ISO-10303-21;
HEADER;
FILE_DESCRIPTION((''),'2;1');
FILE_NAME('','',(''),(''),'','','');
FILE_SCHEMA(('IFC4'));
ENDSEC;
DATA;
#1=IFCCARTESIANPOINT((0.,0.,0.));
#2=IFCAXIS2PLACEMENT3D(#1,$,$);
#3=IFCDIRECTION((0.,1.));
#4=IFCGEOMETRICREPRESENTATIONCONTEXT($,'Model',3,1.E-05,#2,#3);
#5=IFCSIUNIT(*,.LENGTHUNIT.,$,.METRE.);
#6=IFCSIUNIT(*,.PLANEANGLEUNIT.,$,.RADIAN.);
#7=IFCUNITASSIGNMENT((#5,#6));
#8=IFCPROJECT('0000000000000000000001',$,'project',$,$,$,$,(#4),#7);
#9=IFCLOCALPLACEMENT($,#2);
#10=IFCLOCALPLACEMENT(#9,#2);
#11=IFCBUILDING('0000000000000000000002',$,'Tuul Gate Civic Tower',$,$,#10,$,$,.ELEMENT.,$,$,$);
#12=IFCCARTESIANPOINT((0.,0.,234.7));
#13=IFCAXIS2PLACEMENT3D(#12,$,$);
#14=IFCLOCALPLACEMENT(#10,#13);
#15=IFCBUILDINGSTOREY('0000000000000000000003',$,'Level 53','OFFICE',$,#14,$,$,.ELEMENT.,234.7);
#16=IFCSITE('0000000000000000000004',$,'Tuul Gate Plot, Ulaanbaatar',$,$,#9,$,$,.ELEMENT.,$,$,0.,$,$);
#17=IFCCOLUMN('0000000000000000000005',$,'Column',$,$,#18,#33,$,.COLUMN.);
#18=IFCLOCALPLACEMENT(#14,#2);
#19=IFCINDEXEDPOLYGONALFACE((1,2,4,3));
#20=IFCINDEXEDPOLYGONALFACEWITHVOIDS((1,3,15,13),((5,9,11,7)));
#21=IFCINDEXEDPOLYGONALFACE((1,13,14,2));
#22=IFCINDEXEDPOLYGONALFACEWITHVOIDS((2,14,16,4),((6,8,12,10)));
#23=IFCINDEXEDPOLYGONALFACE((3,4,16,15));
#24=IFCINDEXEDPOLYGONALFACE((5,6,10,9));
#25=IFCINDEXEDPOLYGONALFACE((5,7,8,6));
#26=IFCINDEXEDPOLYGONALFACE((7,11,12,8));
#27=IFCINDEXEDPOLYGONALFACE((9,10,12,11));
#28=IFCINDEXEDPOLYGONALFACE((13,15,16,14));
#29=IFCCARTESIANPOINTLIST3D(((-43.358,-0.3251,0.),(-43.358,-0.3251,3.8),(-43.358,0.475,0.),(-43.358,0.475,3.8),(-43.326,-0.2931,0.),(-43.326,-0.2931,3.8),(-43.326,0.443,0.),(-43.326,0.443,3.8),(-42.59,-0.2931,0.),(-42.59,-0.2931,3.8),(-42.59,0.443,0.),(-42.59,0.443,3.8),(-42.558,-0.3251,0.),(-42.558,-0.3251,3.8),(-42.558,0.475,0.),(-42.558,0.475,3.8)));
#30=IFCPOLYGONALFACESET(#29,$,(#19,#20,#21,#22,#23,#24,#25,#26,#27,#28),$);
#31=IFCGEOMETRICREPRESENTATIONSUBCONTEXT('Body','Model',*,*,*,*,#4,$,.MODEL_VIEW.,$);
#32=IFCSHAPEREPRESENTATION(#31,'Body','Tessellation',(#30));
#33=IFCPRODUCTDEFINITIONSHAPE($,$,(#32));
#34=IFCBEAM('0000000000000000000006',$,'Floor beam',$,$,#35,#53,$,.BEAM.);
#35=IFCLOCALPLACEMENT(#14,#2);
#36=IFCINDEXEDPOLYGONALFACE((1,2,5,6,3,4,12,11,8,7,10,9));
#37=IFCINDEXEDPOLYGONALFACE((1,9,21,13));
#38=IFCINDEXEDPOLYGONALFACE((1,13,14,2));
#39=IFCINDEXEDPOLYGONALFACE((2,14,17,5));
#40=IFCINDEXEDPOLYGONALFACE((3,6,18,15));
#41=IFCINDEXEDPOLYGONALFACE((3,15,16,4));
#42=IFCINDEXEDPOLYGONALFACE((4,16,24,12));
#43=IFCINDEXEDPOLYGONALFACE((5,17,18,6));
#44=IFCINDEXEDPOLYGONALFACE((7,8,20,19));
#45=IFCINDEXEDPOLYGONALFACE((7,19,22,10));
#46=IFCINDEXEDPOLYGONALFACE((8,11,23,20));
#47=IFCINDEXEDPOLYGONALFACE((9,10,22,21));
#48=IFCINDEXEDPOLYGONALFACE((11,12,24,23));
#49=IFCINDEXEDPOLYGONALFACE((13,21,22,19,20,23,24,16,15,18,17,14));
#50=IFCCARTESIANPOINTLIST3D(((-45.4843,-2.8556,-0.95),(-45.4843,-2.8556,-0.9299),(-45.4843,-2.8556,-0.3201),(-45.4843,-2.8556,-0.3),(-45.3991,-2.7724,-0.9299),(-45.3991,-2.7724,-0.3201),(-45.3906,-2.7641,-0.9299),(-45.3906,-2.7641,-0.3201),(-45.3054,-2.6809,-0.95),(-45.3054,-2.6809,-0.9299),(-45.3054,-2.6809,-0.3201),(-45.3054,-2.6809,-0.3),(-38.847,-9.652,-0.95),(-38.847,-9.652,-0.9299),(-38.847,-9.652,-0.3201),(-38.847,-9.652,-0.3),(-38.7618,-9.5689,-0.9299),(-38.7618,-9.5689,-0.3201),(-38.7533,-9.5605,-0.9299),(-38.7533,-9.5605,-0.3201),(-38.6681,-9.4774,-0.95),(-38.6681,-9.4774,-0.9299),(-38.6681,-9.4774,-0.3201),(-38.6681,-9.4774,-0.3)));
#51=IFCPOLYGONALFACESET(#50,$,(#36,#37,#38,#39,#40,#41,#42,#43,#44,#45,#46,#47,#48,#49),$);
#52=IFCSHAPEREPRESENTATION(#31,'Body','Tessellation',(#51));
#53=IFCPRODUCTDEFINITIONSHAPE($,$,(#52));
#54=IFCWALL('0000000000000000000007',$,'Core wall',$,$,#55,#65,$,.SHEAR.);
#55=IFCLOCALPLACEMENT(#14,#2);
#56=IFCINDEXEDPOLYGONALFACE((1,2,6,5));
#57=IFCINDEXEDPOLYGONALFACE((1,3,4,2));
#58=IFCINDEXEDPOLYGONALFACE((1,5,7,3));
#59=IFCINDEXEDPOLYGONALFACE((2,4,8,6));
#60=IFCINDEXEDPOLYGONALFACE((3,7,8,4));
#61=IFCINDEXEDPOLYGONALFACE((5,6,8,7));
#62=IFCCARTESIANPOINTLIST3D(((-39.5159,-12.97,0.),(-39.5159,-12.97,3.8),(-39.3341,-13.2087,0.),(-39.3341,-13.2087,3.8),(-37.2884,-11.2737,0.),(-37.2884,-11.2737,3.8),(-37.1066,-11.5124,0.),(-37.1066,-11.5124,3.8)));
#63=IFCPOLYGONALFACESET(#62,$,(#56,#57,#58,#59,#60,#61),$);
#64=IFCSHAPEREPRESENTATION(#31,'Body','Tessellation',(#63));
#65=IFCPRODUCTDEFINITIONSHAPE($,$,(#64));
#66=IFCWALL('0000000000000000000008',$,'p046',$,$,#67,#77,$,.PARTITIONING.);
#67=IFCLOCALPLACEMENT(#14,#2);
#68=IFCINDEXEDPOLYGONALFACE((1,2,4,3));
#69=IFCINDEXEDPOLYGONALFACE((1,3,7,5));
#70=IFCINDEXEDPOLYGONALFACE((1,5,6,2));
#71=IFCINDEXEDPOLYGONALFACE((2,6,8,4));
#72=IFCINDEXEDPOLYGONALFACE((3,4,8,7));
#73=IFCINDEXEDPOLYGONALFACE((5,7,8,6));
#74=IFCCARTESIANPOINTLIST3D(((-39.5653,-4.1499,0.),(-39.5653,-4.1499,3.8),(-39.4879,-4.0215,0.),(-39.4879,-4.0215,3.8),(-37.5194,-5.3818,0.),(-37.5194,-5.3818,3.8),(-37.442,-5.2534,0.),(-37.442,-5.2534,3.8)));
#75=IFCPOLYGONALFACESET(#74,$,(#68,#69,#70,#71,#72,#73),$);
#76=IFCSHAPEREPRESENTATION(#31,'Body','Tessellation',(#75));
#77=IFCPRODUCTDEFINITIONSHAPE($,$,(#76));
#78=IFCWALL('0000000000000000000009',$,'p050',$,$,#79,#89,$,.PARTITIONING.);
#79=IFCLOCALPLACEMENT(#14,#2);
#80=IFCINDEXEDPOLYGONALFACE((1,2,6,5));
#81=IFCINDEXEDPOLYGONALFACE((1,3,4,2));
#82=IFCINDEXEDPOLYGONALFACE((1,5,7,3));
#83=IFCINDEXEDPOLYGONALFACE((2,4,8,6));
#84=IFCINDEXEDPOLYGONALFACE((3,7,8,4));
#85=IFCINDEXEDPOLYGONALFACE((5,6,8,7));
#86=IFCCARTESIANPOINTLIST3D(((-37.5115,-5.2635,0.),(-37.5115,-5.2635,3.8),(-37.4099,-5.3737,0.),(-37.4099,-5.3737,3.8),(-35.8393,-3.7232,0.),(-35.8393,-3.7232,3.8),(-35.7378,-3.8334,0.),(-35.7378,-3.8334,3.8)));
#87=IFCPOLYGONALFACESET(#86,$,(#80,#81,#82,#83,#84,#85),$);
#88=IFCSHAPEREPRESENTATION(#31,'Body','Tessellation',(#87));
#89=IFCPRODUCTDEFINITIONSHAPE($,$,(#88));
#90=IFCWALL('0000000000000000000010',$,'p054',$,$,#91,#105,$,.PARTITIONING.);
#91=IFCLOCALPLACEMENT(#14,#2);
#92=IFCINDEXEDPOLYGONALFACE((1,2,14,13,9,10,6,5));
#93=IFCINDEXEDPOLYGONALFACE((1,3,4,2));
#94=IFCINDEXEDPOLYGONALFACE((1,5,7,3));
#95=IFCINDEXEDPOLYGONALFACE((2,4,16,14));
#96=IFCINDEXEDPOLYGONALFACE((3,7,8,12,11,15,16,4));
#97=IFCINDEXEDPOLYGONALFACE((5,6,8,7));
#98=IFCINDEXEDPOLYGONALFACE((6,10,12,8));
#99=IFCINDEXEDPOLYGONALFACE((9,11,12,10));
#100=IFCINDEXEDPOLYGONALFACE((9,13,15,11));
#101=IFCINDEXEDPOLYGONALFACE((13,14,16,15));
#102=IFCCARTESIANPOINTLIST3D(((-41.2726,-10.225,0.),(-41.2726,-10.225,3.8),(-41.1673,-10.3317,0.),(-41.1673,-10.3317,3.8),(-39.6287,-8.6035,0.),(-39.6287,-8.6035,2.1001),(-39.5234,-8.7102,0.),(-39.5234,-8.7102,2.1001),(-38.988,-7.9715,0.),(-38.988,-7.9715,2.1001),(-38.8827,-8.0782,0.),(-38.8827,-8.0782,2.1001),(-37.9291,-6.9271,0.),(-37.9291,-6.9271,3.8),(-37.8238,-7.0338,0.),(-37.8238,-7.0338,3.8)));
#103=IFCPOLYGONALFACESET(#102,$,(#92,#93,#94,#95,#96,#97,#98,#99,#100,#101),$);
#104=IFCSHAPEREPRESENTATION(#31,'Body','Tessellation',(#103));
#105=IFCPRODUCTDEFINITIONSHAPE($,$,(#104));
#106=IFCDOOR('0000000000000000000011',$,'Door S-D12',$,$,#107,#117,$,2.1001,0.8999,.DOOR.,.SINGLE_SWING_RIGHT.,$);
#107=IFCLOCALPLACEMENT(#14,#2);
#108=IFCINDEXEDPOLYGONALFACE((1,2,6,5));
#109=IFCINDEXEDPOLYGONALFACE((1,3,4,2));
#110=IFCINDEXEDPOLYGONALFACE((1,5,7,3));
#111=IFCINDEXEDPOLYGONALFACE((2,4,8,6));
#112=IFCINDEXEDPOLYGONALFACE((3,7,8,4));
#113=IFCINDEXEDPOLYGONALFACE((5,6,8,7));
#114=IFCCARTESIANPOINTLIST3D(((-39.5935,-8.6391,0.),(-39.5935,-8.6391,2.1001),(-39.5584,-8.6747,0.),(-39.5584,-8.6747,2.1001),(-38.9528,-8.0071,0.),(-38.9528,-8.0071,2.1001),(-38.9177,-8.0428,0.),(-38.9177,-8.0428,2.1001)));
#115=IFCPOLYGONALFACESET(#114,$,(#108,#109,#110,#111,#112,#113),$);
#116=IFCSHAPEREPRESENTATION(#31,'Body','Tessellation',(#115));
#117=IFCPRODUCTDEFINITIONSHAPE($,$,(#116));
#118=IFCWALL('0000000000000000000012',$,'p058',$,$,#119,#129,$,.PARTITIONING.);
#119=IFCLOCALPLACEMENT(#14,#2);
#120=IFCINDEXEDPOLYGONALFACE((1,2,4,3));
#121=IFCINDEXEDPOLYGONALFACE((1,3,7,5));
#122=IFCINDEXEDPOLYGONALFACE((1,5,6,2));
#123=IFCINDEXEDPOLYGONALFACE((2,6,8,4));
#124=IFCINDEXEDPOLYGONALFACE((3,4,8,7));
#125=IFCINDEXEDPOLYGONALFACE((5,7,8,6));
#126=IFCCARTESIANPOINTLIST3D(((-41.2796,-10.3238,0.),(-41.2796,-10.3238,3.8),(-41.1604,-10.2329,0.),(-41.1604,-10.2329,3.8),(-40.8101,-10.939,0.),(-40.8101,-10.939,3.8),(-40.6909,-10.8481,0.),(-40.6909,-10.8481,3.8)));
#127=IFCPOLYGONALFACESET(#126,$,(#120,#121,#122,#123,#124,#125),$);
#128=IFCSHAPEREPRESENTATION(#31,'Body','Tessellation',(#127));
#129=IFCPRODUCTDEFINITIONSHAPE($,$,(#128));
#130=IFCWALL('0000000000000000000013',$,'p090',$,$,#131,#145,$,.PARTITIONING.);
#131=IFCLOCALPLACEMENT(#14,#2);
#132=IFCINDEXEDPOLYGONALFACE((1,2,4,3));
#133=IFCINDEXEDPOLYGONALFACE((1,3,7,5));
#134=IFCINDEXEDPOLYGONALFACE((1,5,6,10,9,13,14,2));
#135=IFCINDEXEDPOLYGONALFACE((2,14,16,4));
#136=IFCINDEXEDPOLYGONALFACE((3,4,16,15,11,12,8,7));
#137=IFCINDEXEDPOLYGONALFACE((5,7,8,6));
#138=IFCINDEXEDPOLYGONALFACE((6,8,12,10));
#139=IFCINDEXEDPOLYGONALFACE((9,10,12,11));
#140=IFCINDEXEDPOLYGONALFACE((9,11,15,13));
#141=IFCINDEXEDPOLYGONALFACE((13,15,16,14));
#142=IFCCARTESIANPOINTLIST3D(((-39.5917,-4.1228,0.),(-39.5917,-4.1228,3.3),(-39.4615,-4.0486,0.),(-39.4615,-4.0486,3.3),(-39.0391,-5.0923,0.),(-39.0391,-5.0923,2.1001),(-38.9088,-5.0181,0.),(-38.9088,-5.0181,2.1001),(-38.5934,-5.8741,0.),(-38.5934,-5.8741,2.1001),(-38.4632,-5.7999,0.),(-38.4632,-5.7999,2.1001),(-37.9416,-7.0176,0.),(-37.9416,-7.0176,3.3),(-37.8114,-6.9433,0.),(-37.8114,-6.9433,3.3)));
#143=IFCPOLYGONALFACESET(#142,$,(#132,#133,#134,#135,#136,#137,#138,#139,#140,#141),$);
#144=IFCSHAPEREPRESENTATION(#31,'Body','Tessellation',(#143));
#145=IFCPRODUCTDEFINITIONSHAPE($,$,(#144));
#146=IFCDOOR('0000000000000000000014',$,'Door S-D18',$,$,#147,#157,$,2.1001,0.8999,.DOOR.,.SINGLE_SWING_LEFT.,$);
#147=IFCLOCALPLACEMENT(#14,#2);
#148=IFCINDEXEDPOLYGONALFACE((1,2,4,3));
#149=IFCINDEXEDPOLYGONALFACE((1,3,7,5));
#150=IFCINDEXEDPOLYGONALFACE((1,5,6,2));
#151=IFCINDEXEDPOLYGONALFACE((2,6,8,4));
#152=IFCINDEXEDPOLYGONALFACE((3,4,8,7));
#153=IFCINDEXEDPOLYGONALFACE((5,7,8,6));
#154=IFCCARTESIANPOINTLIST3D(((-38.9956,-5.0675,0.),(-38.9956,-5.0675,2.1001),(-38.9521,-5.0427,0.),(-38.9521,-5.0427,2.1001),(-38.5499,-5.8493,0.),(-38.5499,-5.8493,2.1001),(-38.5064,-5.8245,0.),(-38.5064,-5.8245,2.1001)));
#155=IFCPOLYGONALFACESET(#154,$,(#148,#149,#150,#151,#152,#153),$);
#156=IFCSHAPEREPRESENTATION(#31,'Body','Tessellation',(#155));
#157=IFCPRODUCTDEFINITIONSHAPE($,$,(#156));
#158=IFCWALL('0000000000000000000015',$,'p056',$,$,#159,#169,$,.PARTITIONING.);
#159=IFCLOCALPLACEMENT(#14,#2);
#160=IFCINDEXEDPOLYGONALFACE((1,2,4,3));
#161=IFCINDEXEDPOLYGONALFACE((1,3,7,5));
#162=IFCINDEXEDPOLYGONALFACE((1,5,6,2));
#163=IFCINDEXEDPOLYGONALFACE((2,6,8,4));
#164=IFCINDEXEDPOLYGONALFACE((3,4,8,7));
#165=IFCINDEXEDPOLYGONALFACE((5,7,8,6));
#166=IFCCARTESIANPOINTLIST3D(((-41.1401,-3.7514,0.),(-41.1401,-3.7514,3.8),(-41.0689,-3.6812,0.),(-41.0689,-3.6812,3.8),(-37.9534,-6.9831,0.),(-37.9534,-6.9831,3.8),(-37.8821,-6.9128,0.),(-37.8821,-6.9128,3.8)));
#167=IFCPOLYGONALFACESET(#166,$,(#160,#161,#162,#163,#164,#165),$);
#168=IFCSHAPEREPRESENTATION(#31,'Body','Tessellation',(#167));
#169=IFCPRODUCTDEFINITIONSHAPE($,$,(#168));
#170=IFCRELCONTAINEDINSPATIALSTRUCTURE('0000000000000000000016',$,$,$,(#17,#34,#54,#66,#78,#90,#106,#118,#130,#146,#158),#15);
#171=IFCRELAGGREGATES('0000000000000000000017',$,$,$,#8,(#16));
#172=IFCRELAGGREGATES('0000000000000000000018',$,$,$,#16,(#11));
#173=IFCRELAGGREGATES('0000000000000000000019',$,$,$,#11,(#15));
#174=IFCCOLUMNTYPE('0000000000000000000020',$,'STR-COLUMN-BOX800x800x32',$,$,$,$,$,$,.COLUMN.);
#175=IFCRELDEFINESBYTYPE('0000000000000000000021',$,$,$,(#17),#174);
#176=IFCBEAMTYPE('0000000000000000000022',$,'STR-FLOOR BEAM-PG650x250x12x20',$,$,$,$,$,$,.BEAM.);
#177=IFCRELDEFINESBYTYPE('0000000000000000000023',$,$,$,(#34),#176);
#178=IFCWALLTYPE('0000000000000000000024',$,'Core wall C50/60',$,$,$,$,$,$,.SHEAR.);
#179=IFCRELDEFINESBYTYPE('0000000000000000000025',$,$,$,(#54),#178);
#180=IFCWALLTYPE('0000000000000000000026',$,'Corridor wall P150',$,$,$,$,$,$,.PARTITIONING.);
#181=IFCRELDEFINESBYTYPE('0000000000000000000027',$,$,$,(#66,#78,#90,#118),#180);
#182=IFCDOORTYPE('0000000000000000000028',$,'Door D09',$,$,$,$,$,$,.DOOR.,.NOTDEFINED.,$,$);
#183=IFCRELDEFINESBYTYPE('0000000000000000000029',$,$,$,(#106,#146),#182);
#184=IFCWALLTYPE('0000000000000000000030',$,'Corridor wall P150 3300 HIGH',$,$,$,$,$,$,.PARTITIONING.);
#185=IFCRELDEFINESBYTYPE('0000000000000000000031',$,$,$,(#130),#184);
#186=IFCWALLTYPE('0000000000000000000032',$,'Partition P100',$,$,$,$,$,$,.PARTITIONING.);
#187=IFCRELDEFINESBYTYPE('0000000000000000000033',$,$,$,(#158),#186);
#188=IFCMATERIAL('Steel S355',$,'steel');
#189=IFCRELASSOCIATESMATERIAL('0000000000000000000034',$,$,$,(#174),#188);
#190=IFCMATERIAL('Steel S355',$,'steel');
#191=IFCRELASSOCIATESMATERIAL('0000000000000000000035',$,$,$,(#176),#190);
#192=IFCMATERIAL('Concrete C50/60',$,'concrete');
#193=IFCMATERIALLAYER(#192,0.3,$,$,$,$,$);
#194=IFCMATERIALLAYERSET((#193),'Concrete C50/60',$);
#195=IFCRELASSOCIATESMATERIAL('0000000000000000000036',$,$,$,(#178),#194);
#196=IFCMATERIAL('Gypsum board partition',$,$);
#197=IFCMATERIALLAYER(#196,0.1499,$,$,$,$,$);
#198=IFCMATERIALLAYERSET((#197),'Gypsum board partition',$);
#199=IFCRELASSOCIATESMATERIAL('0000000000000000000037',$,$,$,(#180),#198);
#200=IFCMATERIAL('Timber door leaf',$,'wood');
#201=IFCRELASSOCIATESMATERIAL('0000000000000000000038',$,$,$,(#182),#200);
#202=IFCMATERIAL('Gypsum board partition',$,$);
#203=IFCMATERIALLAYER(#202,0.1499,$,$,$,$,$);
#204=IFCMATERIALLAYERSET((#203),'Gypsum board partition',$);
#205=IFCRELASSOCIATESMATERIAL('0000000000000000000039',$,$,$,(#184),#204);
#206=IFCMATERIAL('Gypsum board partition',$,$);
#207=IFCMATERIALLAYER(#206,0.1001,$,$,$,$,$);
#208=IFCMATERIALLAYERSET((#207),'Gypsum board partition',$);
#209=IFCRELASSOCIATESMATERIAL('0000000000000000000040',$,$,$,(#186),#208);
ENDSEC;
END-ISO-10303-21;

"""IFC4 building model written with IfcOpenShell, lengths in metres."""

from ifc_helpers import new_model, si_unit, direction, frame, frame_2d, origin, origin_2d, place, context, subcontext, project, spatial, rectangle, hollow_rectangle, i_section, extrude, material, layer, layer_set, material_profile, profile_set, type_object, element, fill, save


model = new_model("IFC4")

# Units and contexts
model_context = context("Model", 3, precision=1e-05, world=origin(), true_north=direction((0.0, 1.0)))
body_context = subcontext(model_context, "Body", "Model", "MODEL_VIEW")
ifc_project = project(units=[si_unit("LENGTHUNIT", "METRE"), si_unit("PLANEANGLEUNIT", "RADIAN")], contexts=[model_context])

# Site, building, storey
site_placement = place(None, origin())
site = spatial("IfcSite", under=ifc_project, at=site_placement, Name="Tuul Gate Plot, Ulaanbaatar", CompositionType="ELEMENT", RefElevation=0.0)
building_placement = place(site_placement, origin())
building = spatial("IfcBuilding", under=site, at=building_placement, Name="Tuul Gate Civic Tower", CompositionType="ELEMENT")
storey_placement = place(building_placement, frame((0.0, 0.0, 234.7)))
storey = spatial("IfcBuildingStorey", under=building, at=storey_placement, Name="Level 53", Description="OFFICE", CompositionType="ELEMENT", Elevation=234.7)

# Column
ifc_material_1 = material(Name="Steel S355", Category="steel")
ifc_material_profile_1 = material_profile(ifc_material_1, hollow_rectangle(XDim=0.8, YDim=0.8, WallThickness=0.032, at=origin_2d()), Name="BOX800x800x32")
ifc_profile_set_1 = profile_set([ifc_material_profile_1], Name="Steel S355")
column_type = type_object("IfcColumnType", Name="STR-COLUMN-BOX800x800x32", PredefinedType="COLUMN", material=ifc_profile_set_1)
column_placement = place(storey_placement, frame((-42.958, 0.075, 0.0), z_axis=(0.0, 0.0, 1.0), x_axis=(1.0, 0.0, 0.0)))
element("IfcColumn", 1, at=column_placement, inside=storey, type_object=column_type, Name="Column", PredefinedType="COLUMN", context=body_context, shape_type="SweptSolid", body=[
    extrude(hollow_rectangle(XDim=0.8, YDim=0.8, WallThickness=0.032, at=origin_2d()), origin(), (0.0, 0.0, 1.0), 3.8),
])

# Beam
ifc_material_2 = material(Name="Steel S355", Category="steel")
ifc_material_profile_2 = material_profile(ifc_material_2, i_section(OverallWidth=0.25, OverallDepth=0.6499, WebThickness=0.012, FlangeThickness=0.02, at=origin_2d()), Name="PG650x250x12x20")
ifc_profile_set_2 = profile_set([ifc_material_profile_2], Name="Steel S355")
beam_type = type_object("IfcBeamType", Name="STR-FLOOR BEAM-PG650x250x12x20", PredefinedType="BEAM", material=ifc_profile_set_2)
beam_placement = place(storey_placement, frame((-38.7576, -9.5647, -0.625), z_axis=(-0.698679, 0.715435, 0.0), x_axis=(-0.715435, -0.698679, 0.0)))
element("IfcBeam", 2, at=beam_placement, inside=storey, type_object=beam_type, Name="Floor beam", PredefinedType="BEAM", context=body_context, shape_type="SweptSolid", body=[
    extrude(i_section(OverallWidth=0.25, OverallDepth=0.6499, WebThickness=0.012, FlangeThickness=0.02, at=origin_2d()), origin(), (0.0, 0.0, 1.0), 9.4998),
])

# Walls
ifc_material_3 = material(Name="Concrete C50/60", Category="concrete")
ifc_layer_1 = layer(ifc_material_3, 0.3)
ifc_layer_set_1 = layer_set([ifc_layer_1], Name="Concrete C50/60")
wall_type_1 = type_object("IfcWallType", Name="Core wall C50/60", PredefinedType="SHEAR", material=ifc_layer_set_1)
wall_1_placement = place(storey_placement, frame((-37.1975, -11.3931, 0.0), z_axis=(0.0, 0.0, 1.0), x_axis=(-0.795584, -0.605844, 0.0)))
element("IfcWall", 3, at=wall_1_placement, inside=storey, type_object=wall_type_1, Name="Core wall", PredefinedType="SHEAR", context=body_context, shape_type="SweptSolid", body=[
    extrude(rectangle(XDim=2.7998, YDim=0.3, at=frame_2d((1.3999, 0.0))), origin(), (0.0, 0.0, 1.0), 3.8),
])
ifc_material_4 = material(Name="Gypsum board partition")
ifc_layer_2 = layer(ifc_material_4, 0.1499)
ifc_layer_set_2 = layer_set([ifc_layer_2], Name="Gypsum board partition")
wall_type_2 = type_object("IfcWallType", Name="Corridor wall P150", PredefinedType="PARTITIONING", material=ifc_layer_set_2)
wall_2_placement = place(storey_placement, frame((-39.5266, -4.0857, 0.0), z_axis=(0.0, 0.0, 1.0), x_axis=(0.85668, -0.515848, 0.0)))
element("IfcWall", 4, at=wall_2_placement, inside=storey, type_object=wall_type_2, Name="p046", PredefinedType="PARTITIONING", context=body_context, shape_type="SweptSolid", body=[
    extrude(rectangle(XDim=2.3882, YDim=0.1499, at=frame_2d((1.1941, 0.0))), origin(), (0.0, 0.0, 1.0), 3.8),
])
wall_3_placement = place(storey_placement, frame((-37.4607, -5.3186, 0.0), z_axis=(0.0, 0.0, 1.0), x_axis=(0.735507, 0.677517, 0.0)))
element("IfcWall", 5, at=wall_3_placement, inside=storey, type_object=wall_type_2, Name="p050", PredefinedType="PARTITIONING", context=body_context, shape_type="SweptSolid", body=[
    extrude(rectangle(XDim=2.2734, YDim=0.1499, at=frame_2d((1.1367, 0.0))), origin(), (0.0, 0.0, 1.0), 3.8),
])

# Wall, opening, door
wall_4_placement = place(storey_placement, frame((-41.22, -10.2783, 0.0), z_axis=(0.0, 0.0, 1.0), x_axis=(0.711951, 0.702229, 0.0)))
wall_4 = element("IfcWall", 6, at=wall_4_placement, inside=storey, type_object=wall_type_2, Name="p054", PredefinedType="PARTITIONING", context=body_context, shape_type="SweptSolid", body=[
    extrude(rectangle(XDim=4.6963, YDim=0.1499, at=frame_2d((2.3481, 0.0))), origin(), (0.0, 0.0, 1.0), 3.8),
])
opening_1_placement = place(wall_4_placement, frame((2.3091, 0.0, 0.0)))
opening_1 = element("IfcOpeningElement", 7, at=opening_1_placement, cuts=wall_4, PredefinedType="OPENING", context=body_context, shape_type="SweptSolid", body=[
    extrude(rectangle(XDim=0.8999, YDim=2.1001, at=frame_2d((0.45, 1.05))), frame((0.0, 0.085, 0.0), z_axis=(0.0, -1.0, 0.0), x_axis=(1.0, 0.0, 0.0)), (0.0, 0.0, 1.0), 0.1699),
])
ifc_material_5 = material(Name="Timber door leaf", Category="wood")
door_type_1 = type_object("IfcDoorType", Name="Door D09", OperationType="NOTDEFINED", PredefinedType="DOOR", material=ifc_material_5)
door_1_placement = place(opening_1_placement, origin())
door_1 = element("IfcDoor", 8, at=door_1_placement, inside=storey, type_object=door_type_1, Name="Door S-D12", OperationType="SINGLE_SWING_RIGHT", OverallHeight=2.1001, OverallWidth=0.8999, PredefinedType="DOOR", context=body_context, shape_type="SweptSolid", body=[
    extrude(rectangle(XDim=0.8999, YDim=2.1001, at=frame_2d((0.45, 1.05))), frame((0.0, 0.0249, 0.0), z_axis=(0.0, -1.0, 0.0), x_axis=(1.0, 0.0, 0.0)), (0.0, 0.0, 1.0), 0.05),
])
fill(opening_1, door_1)

# Wall
wall_5_placement = place(storey_placement, frame((-41.22, -10.2783, 0.0), z_axis=(0.0, 0.0, 1.0), x_axis=(0.606642, -0.794975, 0.0)))
element("IfcWall", 9, at=wall_5_placement, inside=storey, type_object=wall_type_2, Name="p058", PredefinedType="PARTITIONING", context=body_context, shape_type="SweptSolid", body=[
    extrude(rectangle(XDim=0.7739, YDim=0.1499, at=frame_2d((0.387, 0.0))), origin(), (0.0, 0.0, 1.0), 3.8),
])

# Wall, opening, door
ifc_material_6 = material(Name="Gypsum board partition")
ifc_layer_3 = layer(ifc_material_6, 0.1499)
ifc_layer_set_3 = layer_set([ifc_layer_3], Name="Gypsum board partition")
wall_type_3 = type_object("IfcWallType", Name="Corridor wall P150 3300 HIGH", PredefinedType="PARTITIONING", material=ifc_layer_set_3)
wall_6_placement = place(storey_placement, frame((-39.5266, -4.0857, 0.0), z_axis=(0.0, 0.0, 1.0), x_axis=(0.495231, -0.868761, 0.0)))
wall_6 = element("IfcWall", 10, at=wall_6_placement, inside=storey, type_object=wall_type_3, Name="p090", PredefinedType="PARTITIONING", context=body_context, shape_type="SweptSolid", body=[
    extrude(rectangle(XDim=3.332, YDim=0.1499, at=frame_2d((1.666, 0.0))), origin(), (0.0, 0.0, 1.0), 3.3),
])
opening_2_placement = place(wall_6_placement, frame((1.116, 0.0, 0.0)))
opening_2 = element("IfcOpeningElement", 11, at=opening_2_placement, cuts=wall_6, PredefinedType="OPENING", context=body_context, shape_type="SweptSolid", body=[
    extrude(rectangle(XDim=0.8999, YDim=2.1001, at=frame_2d((0.45, 1.05))), frame((0.0, 0.085, 0.0), z_axis=(0.0, -1.0, 0.0), x_axis=(1.0, 0.0, 0.0)), (0.0, 0.0, 1.0), 0.1699),
])
door_2_placement = place(opening_2_placement, frame((0.8999, 0.0, 0.0), z_axis=(0.0, 0.0, 1.0), x_axis=(-1.0, 0.0, 0.0)))
door_2 = element("IfcDoor", 12, at=door_2_placement, inside=storey, type_object=door_type_1, Name="Door S-D18", OperationType="SINGLE_SWING_LEFT", OverallHeight=2.1001, OverallWidth=0.8999, PredefinedType="DOOR", context=body_context, shape_type="SweptSolid", body=[
    extrude(rectangle(XDim=0.8999, YDim=2.1001, at=frame_2d((0.45, 1.05))), frame((0.0, 0.0249, 0.0), z_axis=(0.0, -1.0, 0.0), x_axis=(1.0, 0.0, 0.0)), (0.0, 0.0, 1.0), 0.05),
])
fill(opening_2, door_2)

# Wall
ifc_material_7 = material(Name="Gypsum board partition")
ifc_layer_4 = layer(ifc_material_7, 0.1001)
ifc_layer_set_4 = layer_set([ifc_layer_4], Name="Gypsum board partition")
wall_type_4 = type_object("IfcWallType", Name="Partition P100", PredefinedType="PARTITIONING", material=ifc_layer_set_4)
wall_7_placement = place(storey_placement, frame((-41.1045, -3.7163, 0.0), z_axis=(0.0, 0.0, 1.0), x_axis=(0.702141, -0.712038, 0.0)))
element("IfcWall", 13, at=wall_7_placement, inside=storey, type_object=wall_type_4, Name="p056", PredefinedType="PARTITIONING", context=body_context, shape_type="SweptSolid", body=[
    extrude(rectangle(XDim=4.5386, YDim=0.1001, at=frame_2d((2.2693, 0.0))), origin(), (0.0, 0.0, 1.0), 3.8),
])

save(model, "model.ifc")
